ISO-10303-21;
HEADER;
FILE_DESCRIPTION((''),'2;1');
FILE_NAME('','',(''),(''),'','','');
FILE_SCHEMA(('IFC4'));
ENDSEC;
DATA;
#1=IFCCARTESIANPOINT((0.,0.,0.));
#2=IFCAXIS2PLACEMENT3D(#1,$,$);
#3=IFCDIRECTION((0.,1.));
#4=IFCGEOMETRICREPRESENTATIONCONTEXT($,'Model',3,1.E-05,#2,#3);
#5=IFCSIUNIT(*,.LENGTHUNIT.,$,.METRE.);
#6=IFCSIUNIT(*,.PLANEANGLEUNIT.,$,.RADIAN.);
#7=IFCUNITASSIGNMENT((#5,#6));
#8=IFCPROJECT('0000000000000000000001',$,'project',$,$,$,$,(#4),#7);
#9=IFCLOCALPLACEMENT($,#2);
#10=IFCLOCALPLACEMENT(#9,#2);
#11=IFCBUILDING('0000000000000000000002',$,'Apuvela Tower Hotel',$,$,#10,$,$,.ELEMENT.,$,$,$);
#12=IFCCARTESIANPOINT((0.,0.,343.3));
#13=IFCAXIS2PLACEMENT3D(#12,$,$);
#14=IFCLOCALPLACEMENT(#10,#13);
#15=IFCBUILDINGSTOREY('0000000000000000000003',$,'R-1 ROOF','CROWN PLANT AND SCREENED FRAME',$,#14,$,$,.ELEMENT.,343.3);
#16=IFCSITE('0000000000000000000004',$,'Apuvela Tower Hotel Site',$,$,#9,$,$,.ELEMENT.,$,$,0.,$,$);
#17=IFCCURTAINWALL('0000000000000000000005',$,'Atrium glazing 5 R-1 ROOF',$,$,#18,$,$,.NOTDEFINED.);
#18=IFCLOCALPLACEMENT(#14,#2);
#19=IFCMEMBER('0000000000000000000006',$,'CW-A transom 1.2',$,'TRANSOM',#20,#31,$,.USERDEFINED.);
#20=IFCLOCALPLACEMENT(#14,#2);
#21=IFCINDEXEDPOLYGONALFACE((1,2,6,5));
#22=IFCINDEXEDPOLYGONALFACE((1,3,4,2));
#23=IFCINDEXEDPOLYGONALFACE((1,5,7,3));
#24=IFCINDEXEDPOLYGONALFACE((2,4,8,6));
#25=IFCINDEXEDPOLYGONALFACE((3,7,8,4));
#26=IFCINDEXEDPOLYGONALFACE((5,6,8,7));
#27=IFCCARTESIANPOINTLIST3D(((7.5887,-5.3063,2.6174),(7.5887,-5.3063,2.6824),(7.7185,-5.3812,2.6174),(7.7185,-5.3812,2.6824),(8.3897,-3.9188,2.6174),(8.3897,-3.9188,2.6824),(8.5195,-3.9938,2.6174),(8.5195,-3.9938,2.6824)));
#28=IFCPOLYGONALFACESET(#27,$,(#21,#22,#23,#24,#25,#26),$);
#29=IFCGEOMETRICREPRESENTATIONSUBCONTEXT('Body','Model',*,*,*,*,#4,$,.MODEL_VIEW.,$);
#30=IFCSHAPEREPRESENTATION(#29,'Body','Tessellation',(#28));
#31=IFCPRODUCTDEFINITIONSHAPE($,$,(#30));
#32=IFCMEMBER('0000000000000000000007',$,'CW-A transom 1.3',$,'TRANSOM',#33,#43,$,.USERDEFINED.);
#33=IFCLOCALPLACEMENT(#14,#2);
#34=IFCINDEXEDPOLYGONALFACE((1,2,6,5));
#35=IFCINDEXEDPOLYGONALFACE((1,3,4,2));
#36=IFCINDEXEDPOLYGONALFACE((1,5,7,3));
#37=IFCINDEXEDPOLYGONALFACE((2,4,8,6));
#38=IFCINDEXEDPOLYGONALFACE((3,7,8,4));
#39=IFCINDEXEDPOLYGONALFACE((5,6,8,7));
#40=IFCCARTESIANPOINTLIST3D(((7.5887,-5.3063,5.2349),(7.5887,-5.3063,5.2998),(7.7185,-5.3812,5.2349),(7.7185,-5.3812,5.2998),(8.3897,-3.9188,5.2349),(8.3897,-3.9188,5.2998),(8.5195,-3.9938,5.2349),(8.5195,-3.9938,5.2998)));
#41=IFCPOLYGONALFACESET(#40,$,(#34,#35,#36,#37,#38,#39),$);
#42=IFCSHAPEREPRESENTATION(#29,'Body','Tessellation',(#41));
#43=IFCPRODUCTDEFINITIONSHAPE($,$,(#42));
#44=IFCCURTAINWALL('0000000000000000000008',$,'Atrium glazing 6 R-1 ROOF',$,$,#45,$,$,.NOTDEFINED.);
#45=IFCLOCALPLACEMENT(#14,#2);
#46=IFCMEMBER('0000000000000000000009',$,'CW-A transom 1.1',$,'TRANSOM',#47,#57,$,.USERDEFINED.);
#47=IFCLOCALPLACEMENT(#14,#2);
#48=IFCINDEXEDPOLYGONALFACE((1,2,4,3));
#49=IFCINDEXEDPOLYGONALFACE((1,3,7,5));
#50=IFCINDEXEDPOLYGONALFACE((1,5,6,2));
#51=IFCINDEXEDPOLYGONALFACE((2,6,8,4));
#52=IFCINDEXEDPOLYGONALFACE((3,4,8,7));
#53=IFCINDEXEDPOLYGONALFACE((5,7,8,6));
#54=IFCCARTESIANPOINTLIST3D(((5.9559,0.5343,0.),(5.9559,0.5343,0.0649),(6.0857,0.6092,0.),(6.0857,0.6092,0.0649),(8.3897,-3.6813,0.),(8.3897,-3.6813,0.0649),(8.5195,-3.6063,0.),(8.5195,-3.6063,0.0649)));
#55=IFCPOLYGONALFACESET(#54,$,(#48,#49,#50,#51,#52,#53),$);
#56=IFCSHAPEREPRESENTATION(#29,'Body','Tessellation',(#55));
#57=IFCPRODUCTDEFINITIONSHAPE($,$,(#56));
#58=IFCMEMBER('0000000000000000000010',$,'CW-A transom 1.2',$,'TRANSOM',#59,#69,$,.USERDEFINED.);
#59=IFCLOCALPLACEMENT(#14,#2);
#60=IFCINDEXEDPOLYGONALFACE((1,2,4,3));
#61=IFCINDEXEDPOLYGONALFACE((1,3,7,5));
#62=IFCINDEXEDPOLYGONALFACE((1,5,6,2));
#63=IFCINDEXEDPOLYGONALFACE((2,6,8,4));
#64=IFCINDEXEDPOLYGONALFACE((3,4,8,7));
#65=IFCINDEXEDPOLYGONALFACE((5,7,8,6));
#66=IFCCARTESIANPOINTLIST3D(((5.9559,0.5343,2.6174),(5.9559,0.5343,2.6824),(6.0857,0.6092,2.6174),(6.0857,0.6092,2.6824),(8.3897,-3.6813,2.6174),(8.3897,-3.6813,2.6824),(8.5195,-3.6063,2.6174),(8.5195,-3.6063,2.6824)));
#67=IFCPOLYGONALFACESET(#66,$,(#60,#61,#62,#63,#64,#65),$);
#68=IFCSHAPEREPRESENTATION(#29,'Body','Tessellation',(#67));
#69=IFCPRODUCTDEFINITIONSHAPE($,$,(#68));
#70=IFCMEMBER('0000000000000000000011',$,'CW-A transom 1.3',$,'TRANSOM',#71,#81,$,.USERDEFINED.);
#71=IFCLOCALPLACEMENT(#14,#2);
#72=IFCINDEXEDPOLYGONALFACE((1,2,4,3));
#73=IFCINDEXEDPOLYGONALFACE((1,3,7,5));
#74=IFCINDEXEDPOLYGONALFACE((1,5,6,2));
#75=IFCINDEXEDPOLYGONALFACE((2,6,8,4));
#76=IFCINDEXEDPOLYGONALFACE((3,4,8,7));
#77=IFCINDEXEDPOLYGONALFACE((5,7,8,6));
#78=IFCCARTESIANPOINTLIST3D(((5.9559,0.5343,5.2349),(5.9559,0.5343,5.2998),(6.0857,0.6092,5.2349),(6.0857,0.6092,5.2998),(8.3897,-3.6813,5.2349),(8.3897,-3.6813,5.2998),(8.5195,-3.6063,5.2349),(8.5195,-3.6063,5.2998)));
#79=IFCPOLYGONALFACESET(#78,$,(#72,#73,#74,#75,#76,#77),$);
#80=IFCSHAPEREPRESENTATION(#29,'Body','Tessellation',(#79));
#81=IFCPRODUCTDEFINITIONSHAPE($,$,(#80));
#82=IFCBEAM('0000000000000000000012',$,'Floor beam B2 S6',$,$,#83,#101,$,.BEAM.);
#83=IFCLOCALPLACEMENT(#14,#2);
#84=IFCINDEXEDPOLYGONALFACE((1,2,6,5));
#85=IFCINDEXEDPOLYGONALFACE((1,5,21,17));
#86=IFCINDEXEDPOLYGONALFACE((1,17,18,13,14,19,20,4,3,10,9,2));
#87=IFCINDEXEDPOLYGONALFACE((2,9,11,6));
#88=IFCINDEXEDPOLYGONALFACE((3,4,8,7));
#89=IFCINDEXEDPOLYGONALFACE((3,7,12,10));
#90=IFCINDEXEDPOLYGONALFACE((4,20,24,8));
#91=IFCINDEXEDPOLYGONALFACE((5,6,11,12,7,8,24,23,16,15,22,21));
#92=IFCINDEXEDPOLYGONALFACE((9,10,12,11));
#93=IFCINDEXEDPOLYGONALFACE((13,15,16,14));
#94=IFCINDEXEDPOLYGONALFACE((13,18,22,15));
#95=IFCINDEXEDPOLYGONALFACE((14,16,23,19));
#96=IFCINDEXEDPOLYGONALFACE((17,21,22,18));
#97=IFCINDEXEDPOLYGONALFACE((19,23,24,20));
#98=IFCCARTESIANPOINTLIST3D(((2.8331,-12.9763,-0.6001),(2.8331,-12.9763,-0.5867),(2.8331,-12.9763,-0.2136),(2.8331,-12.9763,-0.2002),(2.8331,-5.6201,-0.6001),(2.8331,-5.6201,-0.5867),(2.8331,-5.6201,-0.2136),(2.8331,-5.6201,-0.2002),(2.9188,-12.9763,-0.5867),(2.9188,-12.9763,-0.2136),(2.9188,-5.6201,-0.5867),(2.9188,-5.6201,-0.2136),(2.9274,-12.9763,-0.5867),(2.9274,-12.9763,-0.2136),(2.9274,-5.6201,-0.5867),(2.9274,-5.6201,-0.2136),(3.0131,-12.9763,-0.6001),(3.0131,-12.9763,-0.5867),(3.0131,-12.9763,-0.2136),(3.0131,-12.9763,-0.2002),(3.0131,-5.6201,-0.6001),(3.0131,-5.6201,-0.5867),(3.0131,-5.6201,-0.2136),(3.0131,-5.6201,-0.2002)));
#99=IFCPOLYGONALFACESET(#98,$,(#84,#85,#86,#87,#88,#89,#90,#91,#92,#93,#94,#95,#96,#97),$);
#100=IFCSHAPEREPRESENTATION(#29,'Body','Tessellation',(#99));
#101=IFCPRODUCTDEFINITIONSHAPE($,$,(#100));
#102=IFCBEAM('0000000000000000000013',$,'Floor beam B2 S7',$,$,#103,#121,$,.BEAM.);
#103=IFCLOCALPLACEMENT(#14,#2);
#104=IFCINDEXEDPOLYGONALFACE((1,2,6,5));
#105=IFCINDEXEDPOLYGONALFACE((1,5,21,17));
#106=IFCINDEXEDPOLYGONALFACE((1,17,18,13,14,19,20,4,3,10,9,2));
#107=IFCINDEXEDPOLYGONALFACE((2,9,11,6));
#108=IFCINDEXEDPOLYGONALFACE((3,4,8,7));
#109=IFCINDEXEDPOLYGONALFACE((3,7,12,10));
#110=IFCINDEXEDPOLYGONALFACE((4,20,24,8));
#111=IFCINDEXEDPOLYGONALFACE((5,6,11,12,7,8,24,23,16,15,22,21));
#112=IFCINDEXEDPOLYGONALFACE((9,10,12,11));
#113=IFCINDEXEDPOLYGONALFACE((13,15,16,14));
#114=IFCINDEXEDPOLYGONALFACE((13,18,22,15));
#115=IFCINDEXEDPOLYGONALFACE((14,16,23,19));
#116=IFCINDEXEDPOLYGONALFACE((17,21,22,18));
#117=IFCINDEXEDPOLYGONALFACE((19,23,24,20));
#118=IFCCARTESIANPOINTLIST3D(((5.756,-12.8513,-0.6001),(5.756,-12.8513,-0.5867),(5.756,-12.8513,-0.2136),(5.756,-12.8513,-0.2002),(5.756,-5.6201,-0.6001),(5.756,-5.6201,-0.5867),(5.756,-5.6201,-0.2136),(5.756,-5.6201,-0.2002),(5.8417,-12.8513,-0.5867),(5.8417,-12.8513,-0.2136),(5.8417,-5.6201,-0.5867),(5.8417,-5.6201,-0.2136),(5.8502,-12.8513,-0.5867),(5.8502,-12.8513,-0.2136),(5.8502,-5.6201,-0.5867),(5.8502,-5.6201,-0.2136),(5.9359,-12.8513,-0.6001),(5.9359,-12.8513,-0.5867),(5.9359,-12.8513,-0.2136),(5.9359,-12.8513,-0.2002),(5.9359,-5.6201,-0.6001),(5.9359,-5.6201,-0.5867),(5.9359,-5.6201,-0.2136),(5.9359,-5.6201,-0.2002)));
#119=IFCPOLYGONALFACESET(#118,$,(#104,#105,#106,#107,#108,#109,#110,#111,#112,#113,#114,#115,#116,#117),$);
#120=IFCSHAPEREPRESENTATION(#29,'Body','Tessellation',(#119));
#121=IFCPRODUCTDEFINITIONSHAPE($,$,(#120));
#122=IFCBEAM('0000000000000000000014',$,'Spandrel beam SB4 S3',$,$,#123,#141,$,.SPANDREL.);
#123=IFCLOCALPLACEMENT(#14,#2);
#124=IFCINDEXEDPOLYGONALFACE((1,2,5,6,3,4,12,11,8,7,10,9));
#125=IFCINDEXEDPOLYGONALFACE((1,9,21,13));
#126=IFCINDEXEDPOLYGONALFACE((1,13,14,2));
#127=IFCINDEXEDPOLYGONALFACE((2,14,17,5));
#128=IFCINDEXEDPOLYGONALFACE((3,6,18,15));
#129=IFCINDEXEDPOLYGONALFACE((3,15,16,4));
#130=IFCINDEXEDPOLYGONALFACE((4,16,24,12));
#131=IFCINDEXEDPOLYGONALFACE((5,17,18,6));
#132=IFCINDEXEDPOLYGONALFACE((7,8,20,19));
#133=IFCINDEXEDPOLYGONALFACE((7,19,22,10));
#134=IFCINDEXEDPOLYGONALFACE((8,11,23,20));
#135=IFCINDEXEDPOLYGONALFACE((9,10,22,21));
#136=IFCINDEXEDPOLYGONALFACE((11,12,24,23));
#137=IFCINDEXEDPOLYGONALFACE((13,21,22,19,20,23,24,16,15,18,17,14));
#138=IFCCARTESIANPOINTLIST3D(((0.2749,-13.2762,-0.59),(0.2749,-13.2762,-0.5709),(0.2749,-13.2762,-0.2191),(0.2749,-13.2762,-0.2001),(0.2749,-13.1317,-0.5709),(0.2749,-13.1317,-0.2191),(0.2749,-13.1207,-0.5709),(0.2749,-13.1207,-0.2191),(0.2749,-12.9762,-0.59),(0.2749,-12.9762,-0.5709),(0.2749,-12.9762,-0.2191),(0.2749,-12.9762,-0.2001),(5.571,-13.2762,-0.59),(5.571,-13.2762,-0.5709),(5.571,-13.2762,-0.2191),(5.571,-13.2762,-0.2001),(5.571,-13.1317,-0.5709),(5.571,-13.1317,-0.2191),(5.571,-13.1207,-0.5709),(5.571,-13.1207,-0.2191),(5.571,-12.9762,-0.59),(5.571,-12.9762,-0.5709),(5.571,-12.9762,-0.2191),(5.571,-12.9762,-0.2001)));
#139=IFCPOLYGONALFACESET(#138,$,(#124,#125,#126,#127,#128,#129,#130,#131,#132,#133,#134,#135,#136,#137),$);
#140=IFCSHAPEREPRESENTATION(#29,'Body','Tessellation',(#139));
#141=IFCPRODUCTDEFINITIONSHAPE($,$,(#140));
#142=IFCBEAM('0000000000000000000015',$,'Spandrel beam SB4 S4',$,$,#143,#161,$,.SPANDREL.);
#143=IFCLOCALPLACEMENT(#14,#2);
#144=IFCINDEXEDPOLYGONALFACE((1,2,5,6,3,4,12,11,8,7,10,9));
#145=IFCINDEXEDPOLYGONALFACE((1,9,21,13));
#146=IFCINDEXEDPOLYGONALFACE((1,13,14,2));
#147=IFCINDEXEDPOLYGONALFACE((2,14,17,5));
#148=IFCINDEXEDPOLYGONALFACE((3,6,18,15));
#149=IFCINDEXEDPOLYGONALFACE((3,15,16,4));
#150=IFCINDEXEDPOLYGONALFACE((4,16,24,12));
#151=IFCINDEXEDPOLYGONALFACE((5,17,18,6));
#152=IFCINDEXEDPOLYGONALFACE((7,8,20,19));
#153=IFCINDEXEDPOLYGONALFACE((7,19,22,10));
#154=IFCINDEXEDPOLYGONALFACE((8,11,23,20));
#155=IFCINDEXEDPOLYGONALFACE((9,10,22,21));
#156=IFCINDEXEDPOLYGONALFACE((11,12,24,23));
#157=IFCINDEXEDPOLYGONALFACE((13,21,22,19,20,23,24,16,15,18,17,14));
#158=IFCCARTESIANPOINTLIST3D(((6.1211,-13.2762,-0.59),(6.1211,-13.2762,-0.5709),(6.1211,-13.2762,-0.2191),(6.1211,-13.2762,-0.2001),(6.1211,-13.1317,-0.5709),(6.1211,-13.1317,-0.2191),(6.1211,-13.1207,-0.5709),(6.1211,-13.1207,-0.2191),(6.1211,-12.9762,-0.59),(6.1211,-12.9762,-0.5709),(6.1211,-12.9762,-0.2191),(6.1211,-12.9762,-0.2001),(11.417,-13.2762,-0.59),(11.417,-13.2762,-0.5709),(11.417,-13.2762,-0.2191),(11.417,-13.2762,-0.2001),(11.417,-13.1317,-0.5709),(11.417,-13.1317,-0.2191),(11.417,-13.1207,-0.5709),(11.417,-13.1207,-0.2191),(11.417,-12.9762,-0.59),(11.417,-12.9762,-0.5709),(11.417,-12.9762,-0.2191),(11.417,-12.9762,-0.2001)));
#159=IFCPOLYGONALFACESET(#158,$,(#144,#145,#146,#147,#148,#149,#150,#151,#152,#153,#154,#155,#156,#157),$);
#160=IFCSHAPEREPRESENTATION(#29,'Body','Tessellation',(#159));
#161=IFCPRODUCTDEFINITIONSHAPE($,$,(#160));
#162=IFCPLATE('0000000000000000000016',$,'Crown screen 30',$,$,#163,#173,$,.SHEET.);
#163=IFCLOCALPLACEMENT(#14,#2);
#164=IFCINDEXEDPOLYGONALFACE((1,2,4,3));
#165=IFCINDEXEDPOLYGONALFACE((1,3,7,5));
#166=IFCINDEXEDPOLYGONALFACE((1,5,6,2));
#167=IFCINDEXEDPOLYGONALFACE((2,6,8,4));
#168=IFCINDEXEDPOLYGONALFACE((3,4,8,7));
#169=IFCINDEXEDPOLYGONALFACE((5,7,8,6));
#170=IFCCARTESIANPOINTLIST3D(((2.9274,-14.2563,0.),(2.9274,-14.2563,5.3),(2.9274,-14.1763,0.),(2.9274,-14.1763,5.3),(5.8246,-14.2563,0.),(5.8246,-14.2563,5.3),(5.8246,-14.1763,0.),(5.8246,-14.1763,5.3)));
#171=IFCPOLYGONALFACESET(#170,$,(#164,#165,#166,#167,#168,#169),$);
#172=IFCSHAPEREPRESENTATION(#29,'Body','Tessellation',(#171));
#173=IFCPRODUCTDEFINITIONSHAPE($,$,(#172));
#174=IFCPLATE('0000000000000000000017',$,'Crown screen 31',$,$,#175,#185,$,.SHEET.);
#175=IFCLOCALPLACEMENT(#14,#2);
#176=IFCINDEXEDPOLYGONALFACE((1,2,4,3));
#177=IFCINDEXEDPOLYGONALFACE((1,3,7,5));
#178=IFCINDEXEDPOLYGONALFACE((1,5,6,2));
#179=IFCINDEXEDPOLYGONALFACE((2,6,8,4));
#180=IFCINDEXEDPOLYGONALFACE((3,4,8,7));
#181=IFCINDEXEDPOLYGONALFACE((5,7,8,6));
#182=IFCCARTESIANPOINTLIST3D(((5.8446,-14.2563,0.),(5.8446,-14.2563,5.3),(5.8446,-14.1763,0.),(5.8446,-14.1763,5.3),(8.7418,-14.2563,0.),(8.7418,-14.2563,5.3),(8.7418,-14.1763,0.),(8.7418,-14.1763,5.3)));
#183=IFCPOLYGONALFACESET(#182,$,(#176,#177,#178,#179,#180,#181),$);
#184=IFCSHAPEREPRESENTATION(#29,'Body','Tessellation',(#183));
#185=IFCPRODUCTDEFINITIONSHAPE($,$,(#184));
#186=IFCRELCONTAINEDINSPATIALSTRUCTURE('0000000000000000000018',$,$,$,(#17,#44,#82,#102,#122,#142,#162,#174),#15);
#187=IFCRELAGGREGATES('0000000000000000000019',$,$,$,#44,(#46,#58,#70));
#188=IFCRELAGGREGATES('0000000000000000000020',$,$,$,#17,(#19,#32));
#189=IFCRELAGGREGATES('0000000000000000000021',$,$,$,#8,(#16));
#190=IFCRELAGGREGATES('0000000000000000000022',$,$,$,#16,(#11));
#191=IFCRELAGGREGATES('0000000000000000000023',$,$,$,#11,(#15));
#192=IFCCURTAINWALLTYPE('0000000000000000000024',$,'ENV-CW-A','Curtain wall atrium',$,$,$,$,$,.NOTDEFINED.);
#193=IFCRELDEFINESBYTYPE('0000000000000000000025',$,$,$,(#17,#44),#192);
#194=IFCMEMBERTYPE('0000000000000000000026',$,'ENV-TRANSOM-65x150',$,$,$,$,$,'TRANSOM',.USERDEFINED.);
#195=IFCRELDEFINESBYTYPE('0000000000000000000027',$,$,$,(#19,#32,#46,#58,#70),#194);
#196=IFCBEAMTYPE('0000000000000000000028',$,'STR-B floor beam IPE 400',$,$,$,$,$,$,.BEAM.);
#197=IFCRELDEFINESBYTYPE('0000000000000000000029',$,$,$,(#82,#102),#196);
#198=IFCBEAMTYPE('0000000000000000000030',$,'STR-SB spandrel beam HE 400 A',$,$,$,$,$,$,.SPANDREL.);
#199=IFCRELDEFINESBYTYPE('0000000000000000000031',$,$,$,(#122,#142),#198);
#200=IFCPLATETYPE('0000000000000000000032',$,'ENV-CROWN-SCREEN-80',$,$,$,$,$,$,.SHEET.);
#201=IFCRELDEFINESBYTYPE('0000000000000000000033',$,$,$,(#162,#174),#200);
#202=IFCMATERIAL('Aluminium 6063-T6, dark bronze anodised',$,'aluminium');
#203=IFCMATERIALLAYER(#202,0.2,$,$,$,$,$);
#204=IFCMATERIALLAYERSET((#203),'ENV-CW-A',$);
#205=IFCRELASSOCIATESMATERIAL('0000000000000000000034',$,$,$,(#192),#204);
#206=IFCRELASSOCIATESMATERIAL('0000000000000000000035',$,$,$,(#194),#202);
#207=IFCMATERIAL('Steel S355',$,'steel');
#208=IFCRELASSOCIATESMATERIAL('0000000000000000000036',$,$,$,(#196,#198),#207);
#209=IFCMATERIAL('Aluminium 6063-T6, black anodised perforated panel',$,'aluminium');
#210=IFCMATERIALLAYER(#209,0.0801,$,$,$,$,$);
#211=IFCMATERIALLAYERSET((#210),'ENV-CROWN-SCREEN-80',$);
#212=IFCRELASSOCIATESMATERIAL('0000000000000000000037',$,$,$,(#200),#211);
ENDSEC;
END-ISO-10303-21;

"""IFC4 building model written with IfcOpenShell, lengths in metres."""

from ifc_helpers import new_model, si_unit, direction, frame, origin, origin_2d, place, context, subcontext, project, spatial, rectangle, i_section, extrude, material, layer, layer_set, material_profile, profile_set, type_object, element, aggregate, save


model = new_model("IFC4")

# Units and contexts
model_context = context("Model", 3, precision=1e-05, world=origin(), true_north=direction((0.0, 1.0)))
body_context = subcontext(model_context, "Body", "Model", "MODEL_VIEW")
ifc_project = project(units=[si_unit("LENGTHUNIT", "METRE"), si_unit("PLANEANGLEUNIT", "RADIAN")], contexts=[model_context])

# Site, building, storey
site_placement = place(None, origin())
site = spatial("IfcSite", under=ifc_project, at=site_placement, Name="Apuvela Tower Hotel Site", CompositionType="ELEMENT", RefElevation=0.0)
building_placement = place(site_placement, origin())
building = spatial("IfcBuilding", under=site, at=building_placement, Name="Apuvela Tower Hotel", CompositionType="ELEMENT")
storey_placement = place(building_placement, frame((0.0, 0.0, 343.3)))
storey = spatial("IfcBuildingStorey", under=building, at=storey_placement, Name="R-1 ROOF", Description="CROWN PLANT AND SCREENED FRAME", CompositionType="ELEMENT", Elevation=343.3)

# Curtain wall
ifc_material_1 = material(Name="Aluminium 6063-T6, dark bronze anodised", Category="aluminium")
ifc_layer_1 = layer(ifc_material_1, 0.2)
ifc_layer_set_1 = layer_set([ifc_layer_1], Name="ENV-CW-A")
curtain_wall_type_1 = type_object("IfcCurtainWallType", Name="ENV-CW-A", Description="Curtain wall atrium", PredefinedType="NOTDEFINED", material=ifc_layer_set_1)
curtain_wall_1_placement = place(storey_placement, origin())
curtain_wall_1 = element("IfcCurtainWall", 1, at=curtain_wall_1_placement, inside=storey, type_object=curtain_wall_type_1, Name="Atrium glazing 5 R-1 ROOF", PredefinedType="NOTDEFINED")

# Members
ifc_material_profile_1 = material_profile(ifc_material_1, rectangle(XDim=0.1499, YDim=0.0649, at=origin_2d()), Name="AL 65x150 transom")
ifc_profile_set_1 = profile_set([ifc_material_profile_1], Name="Aluminium 6063-T6, dark bronze anodised")
member_type_1 = type_object("IfcMemberType", Name="ENV-TRANSOM-65x150", ElementType="TRANSOM", PredefinedType="USERDEFINED", material=ifc_profile_set_1)
member_1_placement = place(storey_placement, frame((7.6536, -5.3438, 2.6499), z_axis=(0.499991, 0.866031, 0.0), x_axis=(-0.866031, 0.499991, 0.0)))
member_1 = element("IfcMember", 2, at=member_1_placement, type_object=member_type_1, Name="CW-A transom 1.2", ObjectType="TRANSOM", PredefinedType="USERDEFINED", context=body_context, shape_type="SweptSolid", body=[
    extrude(rectangle(XDim=0.1499, YDim=0.0649, at=origin_2d()), origin(), (0.0, 0.0, 1.0), 1.6021),
])
member_2_placement = place(storey_placement, frame((7.6536, -5.3438, 5.2673), z_axis=(0.499991, 0.866031, 0.0), x_axis=(-0.866031, 0.499991, 0.0)))
member_2 = element("IfcMember", 3, at=member_2_placement, type_object=member_type_1, Name="CW-A transom 1.3", ObjectType="TRANSOM", PredefinedType="USERDEFINED", context=body_context, shape_type="SweptSolid", body=[
    extrude(rectangle(XDim=0.1499, YDim=0.0649, at=origin_2d()), origin(), (0.0, 0.0, 1.0), 1.6021),
])

# Curtain wall, members
curtain_wall_2_placement = place(storey_placement, origin())
curtain_wall_2 = element("IfcCurtainWall", 4, at=curtain_wall_2_placement, inside=storey, type_object=curtain_wall_type_1, Name="Atrium glazing 6 R-1 ROOF", PredefinedType="NOTDEFINED")
member_3_placement = place(storey_placement, frame((8.4546, -3.6438, 0.0325), z_axis=(-0.499996, 0.866028, 0.0), x_axis=(-0.866028, -0.499996, 0.0)))
member_3 = element("IfcMember", 5, at=member_3_placement, type_object=member_type_1, Name="CW-A transom 1.1", ObjectType="TRANSOM", PredefinedType="USERDEFINED", context=body_context, shape_type="SweptSolid", body=[
    extrude(rectangle(XDim=0.1499, YDim=0.0649, at=origin_2d()), origin(), (0.0, 0.0, 1.0), 4.8677),
])
member_4_placement = place(storey_placement, frame((8.4546, -3.6438, 2.6499), z_axis=(-0.499996, 0.866028, 0.0), x_axis=(-0.866028, -0.499996, 0.0)))
member_4 = element("IfcMember", 6, at=member_4_placement, type_object=member_type_1, Name="CW-A transom 1.2", ObjectType="TRANSOM", PredefinedType="USERDEFINED", context=body_context, shape_type="SweptSolid", body=[
    extrude(rectangle(XDim=0.1499, YDim=0.0649, at=origin_2d()), origin(), (0.0, 0.0, 1.0), 4.8677),
])
member_5_placement = place(storey_placement, frame((8.4546, -3.6438, 5.2673), z_axis=(-0.499996, 0.866028, 0.0), x_axis=(-0.866028, -0.499996, 0.0)))
member_5 = element("IfcMember", 7, at=member_5_placement, type_object=member_type_1, Name="CW-A transom 1.3", ObjectType="TRANSOM", PredefinedType="USERDEFINED", context=body_context, shape_type="SweptSolid", body=[
    extrude(rectangle(XDim=0.1499, YDim=0.0649, at=origin_2d()), origin(), (0.0, 0.0, 1.0), 4.8677),
])
aggregate(curtain_wall_2, [member_3, member_4, member_5])

# Beams
ifc_material_2 = material(Name="Steel S355", Category="steel")
ifc_material_profile_2 = material_profile(ifc_material_2, i_section(OverallWidth=0.1799, OverallDepth=0.3999, WebThickness=0.0085, FlangeThickness=0.0134, at=origin_2d()), Name="IPE 400")
ifc_profile_set_2 = profile_set([ifc_material_profile_2], Name="Steel S355")
beam_type_1 = type_object("IfcBeamType", Name="STR-B floor beam IPE 400", PredefinedType="BEAM", material=ifc_profile_set_2)
beam_1_placement = place(storey_placement, frame((2.9231, -12.9763, -0.4001), z_axis=(0.0, 1.0, 0.0), x_axis=(-1.0, 0.0, 0.0)))
element("IfcBeam", 8, at=beam_1_placement, inside=storey, type_object=beam_type_1, Name="Floor beam B2 S6", PredefinedType="BEAM", context=body_context, shape_type="SweptSolid", body=[
    extrude(i_section(OverallWidth=0.1799, OverallDepth=0.3999, WebThickness=0.0085, FlangeThickness=0.0134, at=origin_2d()), origin(), (0.0, 0.0, 1.0), 7.3562),
])
beam_2_placement = place(storey_placement, frame((5.8459, -12.8513, -0.4001), z_axis=(0.0, 1.0, 0.0), x_axis=(-1.0, 0.0, 0.0)))
element("IfcBeam", 9, at=beam_2_placement, inside=storey, type_object=beam_type_1, Name="Floor beam B2 S7", PredefinedType="BEAM", context=body_context, shape_type="SweptSolid", body=[
    extrude(i_section(OverallWidth=0.1799, OverallDepth=0.3999, WebThickness=0.0085, FlangeThickness=0.0134, at=origin_2d()), origin(), (0.0, 0.0, 1.0), 7.2312),
])
ifc_material_profile_3 = material_profile(ifc_material_2, i_section(OverallWidth=0.3, OverallDepth=0.3899, WebThickness=0.011, FlangeThickness=0.019, at=origin_2d()), Name="HE 400 A")
ifc_profile_set_3 = profile_set([ifc_material_profile_3], Name="Steel S355")
beam_type_2 = type_object("IfcBeamType", Name="STR-SB spandrel beam HE 400 A", PredefinedType="SPANDREL", material=ifc_profile_set_3)
beam_3_placement = place(storey_placement, frame((0.2749, -13.1262, -0.395), z_axis=(1.0, 0.0, 0.0), x_axis=(0.0, 1.0, 0.0)))
element("IfcBeam", 10, at=beam_3_placement, inside=storey, type_object=beam_type_2, Name="Spandrel beam SB4 S3", PredefinedType="SPANDREL", context=body_context, shape_type="SweptSolid", body=[
    extrude(i_section(OverallWidth=0.3, OverallDepth=0.3899, WebThickness=0.011, FlangeThickness=0.019, at=origin_2d()), origin(), (0.0, 0.0, 1.0), 5.2961),
])
beam_4_placement = place(storey_placement, frame((6.1211, -13.1262, -0.395), z_axis=(1.0, 0.0, 0.0), x_axis=(0.0, 1.0, 0.0)))
element("IfcBeam", 11, at=beam_4_placement, inside=storey, type_object=beam_type_2, Name="Spandrel beam SB4 S4", PredefinedType="SPANDREL", context=body_context, shape_type="SweptSolid", body=[
    extrude(i_section(OverallWidth=0.3, OverallDepth=0.3899, WebThickness=0.011, FlangeThickness=0.019, at=origin_2d()), origin(), (0.0, 0.0, 1.0), 5.2959),
])

# Plates
ifc_material_3 = material(Name="Aluminium 6063-T6, black anodised perforated panel", Category="aluminium")
ifc_layer_2 = layer(ifc_material_3, 0.0801)
ifc_layer_set_2 = layer_set([ifc_layer_2], Name="ENV-CROWN-SCREEN-80")
plate_type_1 = type_object("IfcPlateType", Name="ENV-CROWN-SCREEN-80", PredefinedType="SHEET", material=ifc_layer_set_2)
for number, where, z_axis, x_axis, name in (
    (12, (4.376, -14.2163, 0.0), (0.0, 0.0, 1.0), (1.0, 0.0, 0.0), "Crown screen 30"),
    (13, (7.2932, -14.2163, 0.0), (0.0, 0.0, 1.0), (1.0, 0.0, 0.0), "Crown screen 31"),
):
    element("IfcPlate", number, at=place(storey_placement, frame(where, z_axis=z_axis, x_axis=x_axis)), inside=storey, type_object=plate_type_1, Name=name, PredefinedType="SHEET", context=body_context, shape_type="SweptSolid", body=[
        extrude(rectangle(XDim=2.8972, YDim=0.0801, at=origin_2d()), origin(), (0.0, 0.0, 1.0), 5.3),
    ])

aggregate(curtain_wall_1, [member_1, member_2])

save(model, "model.ifc")
